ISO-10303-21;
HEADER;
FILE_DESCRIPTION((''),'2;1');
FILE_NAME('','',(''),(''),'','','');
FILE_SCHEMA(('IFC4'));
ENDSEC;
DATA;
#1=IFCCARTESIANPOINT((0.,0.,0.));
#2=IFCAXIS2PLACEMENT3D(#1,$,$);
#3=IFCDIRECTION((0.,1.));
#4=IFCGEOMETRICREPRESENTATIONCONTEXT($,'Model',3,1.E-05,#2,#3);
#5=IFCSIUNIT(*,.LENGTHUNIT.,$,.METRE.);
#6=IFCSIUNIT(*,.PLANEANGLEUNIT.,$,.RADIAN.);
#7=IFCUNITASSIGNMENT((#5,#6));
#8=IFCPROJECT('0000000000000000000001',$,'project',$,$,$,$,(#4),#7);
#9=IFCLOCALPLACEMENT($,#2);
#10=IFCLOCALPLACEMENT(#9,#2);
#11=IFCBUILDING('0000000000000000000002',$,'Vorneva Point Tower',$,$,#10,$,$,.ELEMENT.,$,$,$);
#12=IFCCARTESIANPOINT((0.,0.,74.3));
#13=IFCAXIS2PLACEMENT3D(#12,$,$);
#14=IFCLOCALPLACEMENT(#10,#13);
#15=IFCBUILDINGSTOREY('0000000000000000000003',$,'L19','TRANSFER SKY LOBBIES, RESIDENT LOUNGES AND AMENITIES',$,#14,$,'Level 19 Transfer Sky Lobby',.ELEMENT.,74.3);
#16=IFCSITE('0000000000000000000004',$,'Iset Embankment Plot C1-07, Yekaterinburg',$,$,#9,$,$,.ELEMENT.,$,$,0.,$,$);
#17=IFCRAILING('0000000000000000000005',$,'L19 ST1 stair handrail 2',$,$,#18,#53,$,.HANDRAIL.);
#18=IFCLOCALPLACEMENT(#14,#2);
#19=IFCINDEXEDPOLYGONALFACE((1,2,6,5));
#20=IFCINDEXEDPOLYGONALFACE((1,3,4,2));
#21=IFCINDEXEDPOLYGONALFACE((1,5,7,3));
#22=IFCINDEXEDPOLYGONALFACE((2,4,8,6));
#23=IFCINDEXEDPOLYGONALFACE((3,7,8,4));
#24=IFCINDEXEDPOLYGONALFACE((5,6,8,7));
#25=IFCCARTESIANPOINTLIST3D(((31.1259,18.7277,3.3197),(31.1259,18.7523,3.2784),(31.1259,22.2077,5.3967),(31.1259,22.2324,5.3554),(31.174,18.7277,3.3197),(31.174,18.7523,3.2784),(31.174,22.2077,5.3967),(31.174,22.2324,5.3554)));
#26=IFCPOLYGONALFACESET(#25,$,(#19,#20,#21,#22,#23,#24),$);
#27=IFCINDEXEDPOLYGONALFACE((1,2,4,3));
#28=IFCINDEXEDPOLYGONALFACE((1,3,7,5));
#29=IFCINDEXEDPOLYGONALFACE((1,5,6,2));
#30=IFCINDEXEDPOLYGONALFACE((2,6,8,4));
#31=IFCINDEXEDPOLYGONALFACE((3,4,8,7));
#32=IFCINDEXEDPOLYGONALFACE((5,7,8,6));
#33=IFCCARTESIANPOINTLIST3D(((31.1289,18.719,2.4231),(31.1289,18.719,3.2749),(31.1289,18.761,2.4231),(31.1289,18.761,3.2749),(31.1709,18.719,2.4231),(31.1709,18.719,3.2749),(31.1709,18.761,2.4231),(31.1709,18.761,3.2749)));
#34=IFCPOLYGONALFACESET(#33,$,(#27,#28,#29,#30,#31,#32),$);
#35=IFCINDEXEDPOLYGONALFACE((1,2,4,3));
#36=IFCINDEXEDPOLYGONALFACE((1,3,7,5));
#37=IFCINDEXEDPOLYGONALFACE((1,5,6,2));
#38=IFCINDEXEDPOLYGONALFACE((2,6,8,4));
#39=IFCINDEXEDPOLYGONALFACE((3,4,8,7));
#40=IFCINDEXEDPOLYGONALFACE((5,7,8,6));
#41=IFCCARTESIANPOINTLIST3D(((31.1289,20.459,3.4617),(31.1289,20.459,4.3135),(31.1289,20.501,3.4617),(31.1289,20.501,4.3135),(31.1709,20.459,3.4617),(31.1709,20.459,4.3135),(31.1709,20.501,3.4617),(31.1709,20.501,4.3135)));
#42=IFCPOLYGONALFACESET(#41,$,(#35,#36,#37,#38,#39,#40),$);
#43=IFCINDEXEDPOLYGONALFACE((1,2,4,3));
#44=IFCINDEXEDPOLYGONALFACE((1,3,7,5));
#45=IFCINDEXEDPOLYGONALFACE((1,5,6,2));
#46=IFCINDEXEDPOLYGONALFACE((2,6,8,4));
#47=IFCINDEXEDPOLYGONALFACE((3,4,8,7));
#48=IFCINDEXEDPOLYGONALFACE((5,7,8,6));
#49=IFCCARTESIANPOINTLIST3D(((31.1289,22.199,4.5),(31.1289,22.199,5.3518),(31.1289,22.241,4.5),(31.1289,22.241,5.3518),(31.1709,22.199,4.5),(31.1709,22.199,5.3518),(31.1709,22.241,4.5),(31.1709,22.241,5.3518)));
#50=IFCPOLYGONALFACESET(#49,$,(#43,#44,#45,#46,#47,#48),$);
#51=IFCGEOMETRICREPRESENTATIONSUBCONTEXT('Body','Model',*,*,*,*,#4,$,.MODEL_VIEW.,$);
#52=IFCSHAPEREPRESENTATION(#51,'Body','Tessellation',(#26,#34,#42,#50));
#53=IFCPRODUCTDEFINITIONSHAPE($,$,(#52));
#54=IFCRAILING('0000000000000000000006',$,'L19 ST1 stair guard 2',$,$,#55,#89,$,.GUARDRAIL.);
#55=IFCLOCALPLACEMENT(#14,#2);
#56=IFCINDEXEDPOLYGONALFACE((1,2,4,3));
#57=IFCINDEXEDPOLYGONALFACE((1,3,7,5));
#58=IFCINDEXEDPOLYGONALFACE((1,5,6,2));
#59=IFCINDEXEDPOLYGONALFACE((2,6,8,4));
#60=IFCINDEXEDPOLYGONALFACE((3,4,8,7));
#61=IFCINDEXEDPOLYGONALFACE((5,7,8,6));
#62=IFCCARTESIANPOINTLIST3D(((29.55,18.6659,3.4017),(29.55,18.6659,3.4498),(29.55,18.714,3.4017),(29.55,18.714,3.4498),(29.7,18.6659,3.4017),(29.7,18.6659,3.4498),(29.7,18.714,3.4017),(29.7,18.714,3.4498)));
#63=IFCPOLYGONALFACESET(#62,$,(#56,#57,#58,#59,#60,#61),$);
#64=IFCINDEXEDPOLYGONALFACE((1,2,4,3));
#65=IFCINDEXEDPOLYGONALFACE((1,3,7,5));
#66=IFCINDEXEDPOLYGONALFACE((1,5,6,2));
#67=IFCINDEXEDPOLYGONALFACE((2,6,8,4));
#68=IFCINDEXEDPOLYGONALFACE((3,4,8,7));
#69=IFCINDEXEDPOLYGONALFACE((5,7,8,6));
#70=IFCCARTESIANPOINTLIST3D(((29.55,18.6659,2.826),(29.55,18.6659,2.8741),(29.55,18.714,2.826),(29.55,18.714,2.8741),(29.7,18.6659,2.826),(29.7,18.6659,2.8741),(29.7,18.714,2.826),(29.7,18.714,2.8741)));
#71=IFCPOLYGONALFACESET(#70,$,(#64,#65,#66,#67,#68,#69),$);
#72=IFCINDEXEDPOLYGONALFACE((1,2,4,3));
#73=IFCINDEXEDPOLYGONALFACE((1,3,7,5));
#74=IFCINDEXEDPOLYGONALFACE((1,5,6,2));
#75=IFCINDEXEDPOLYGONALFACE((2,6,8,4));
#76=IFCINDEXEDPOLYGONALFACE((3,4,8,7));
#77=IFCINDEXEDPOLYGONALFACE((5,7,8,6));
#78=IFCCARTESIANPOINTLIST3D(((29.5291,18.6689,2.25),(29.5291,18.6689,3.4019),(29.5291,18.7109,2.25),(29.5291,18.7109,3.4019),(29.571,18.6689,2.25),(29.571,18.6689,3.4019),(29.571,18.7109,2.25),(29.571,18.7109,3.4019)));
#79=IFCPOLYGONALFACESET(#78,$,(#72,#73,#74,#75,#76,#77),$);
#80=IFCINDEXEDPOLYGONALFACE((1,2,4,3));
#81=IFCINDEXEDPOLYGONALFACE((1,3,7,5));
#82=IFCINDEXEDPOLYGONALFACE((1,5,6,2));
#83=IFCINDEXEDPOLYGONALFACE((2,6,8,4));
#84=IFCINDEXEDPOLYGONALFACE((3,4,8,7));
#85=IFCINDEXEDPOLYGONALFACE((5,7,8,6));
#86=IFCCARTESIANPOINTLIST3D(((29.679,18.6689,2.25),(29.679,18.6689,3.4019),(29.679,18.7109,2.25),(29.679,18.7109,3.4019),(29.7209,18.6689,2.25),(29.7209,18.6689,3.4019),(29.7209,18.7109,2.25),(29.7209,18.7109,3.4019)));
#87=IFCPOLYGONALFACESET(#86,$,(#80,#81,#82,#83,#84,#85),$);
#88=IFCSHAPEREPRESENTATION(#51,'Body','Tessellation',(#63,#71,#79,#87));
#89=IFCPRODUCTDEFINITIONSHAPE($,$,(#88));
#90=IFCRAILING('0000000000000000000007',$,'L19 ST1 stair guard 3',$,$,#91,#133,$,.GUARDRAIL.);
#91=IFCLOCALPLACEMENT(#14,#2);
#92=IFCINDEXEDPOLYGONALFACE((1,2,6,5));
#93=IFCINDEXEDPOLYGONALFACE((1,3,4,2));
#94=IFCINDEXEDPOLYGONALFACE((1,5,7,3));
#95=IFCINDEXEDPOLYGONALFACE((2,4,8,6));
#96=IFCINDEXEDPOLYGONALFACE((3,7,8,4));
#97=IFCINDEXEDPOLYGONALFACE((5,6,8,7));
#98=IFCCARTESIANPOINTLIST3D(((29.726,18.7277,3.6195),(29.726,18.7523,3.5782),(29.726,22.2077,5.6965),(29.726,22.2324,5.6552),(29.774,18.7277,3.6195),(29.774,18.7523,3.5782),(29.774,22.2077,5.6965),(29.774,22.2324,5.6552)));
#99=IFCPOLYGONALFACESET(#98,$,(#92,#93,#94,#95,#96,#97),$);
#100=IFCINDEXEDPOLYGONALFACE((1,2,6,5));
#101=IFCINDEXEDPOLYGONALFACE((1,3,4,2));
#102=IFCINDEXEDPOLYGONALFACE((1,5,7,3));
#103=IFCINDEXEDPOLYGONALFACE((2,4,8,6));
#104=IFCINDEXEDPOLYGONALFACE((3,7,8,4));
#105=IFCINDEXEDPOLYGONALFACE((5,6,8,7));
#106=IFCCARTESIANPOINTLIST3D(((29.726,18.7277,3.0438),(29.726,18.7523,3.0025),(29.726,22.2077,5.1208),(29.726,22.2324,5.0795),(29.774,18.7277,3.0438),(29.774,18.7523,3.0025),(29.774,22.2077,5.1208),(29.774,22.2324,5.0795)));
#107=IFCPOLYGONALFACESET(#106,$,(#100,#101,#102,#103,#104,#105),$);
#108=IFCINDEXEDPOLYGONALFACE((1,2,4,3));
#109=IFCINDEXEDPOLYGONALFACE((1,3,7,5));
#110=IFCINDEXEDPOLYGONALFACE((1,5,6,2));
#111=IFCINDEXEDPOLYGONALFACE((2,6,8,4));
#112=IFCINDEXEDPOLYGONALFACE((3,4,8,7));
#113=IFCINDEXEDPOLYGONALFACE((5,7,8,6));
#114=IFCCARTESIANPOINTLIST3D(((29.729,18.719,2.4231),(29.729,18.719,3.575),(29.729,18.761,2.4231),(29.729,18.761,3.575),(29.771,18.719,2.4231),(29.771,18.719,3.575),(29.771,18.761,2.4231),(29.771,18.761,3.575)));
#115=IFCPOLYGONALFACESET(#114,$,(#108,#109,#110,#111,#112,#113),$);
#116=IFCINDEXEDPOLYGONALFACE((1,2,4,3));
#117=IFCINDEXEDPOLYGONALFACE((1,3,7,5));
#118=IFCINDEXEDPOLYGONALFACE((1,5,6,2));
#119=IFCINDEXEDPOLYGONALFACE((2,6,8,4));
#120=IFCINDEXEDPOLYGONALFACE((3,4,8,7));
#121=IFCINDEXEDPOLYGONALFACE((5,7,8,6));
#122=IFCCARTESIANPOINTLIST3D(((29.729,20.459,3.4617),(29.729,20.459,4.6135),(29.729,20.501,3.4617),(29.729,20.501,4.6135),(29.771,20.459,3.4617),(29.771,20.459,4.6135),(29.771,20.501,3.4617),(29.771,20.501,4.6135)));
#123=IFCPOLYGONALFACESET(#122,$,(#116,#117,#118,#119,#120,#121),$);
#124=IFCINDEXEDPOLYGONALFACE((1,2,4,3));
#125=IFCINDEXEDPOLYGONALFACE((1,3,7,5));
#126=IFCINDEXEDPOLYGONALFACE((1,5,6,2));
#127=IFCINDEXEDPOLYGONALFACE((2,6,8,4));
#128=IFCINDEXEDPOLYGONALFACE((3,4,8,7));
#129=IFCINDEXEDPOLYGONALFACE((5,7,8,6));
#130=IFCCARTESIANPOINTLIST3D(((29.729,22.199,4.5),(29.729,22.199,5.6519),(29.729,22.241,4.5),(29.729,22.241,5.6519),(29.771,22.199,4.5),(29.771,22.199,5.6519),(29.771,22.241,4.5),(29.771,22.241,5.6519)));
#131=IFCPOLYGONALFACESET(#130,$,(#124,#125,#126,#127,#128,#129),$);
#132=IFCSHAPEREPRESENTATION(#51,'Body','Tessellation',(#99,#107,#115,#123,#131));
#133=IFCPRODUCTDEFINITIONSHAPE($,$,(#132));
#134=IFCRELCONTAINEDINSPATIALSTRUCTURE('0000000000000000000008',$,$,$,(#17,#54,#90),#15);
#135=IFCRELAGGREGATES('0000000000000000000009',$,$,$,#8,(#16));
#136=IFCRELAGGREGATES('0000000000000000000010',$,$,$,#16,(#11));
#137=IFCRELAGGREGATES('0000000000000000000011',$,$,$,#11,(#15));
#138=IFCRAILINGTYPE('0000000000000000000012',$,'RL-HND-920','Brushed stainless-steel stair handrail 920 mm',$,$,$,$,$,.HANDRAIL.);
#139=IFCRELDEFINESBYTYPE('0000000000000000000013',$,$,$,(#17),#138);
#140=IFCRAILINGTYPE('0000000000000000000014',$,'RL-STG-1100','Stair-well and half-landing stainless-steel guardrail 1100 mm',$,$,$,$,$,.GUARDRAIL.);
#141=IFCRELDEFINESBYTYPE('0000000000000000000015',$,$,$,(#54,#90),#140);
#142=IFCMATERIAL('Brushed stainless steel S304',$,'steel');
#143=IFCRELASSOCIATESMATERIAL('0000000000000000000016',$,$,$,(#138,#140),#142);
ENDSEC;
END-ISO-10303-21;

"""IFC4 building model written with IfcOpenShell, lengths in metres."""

from ifc_helpers import new_model, si_unit, direction, frame, origin, origin_2d, place, context, subcontext, project, spatial, rectangle, extrude, material, type_object, element, save


model = new_model("IFC4")

# Units and contexts
model_context = context("Model", 3, precision=1e-05, world=origin(), true_north=direction((0.0, 1.0)))
body_context = subcontext(model_context, "Body", "Model", "MODEL_VIEW")
ifc_project = project(units=[si_unit("LENGTHUNIT", "METRE"), si_unit("PLANEANGLEUNIT", "RADIAN")], contexts=[model_context])

# Site, building, storey
site_placement = place(None, origin())
site = spatial("IfcSite", under=ifc_project, at=site_placement, Name="Iset Embankment Plot C1-07, Yekaterinburg", CompositionType="ELEMENT", RefElevation=0.0)
building_placement = place(site_placement, origin())
building = spatial("IfcBuilding", under=site, at=building_placement, Name="Vorneva Point Tower", CompositionType="ELEMENT")
storey_placement = place(building_placement, frame((0.0, 0.0, 74.3)))
storey = spatial("IfcBuildingStorey", under=building, at=storey_placement, Name="L19", Description="TRANSFER SKY LOBBIES, RESIDENT LOUNGES AND AMENITIES", LongName="Level 19 Transfer Sky Lobby", CompositionType="ELEMENT", Elevation=74.3)

# Railings
ifc_material_1 = material(Name="Brushed stainless steel S304", Category="steel")
railing_type_1 = type_object("IfcRailingType", Name="RL-HND-920", Description="Brushed stainless-steel stair handrail 920 mm", PredefinedType="HANDRAIL", material=ifc_material_1)
railing_1_placement = place(storey_placement, frame((31.1499, 18.74, 2.4231)))
element("IfcRailing", 1, at=railing_1_placement, inside=storey, type_object=railing_type_1, Name="L19 ST1 stair handrail 2", PredefinedType="HANDRAIL", context=body_context, shape_type="SweptSolid", body=[
    extrude(rectangle(XDim=0.0481, YDim=0.0481, at=origin_2d()), frame((0.0, 0.0, 0.876), z_axis=(0.0, 0.858697, 0.512483), x_axis=(-1.0, 0.0, 0.0)), (0.0, 0.0, 1.0), 4.0527),
    extrude(rectangle(XDim=0.042, YDim=0.042, at=origin_2d()), origin(), (0.0, 0.0, 1.0), 0.8518),
    extrude(rectangle(XDim=0.042, YDim=0.042, at=origin_2d()), frame((0.0, 1.74, 1.0386)), (0.0, 0.0, 1.0), 0.8518),
    extrude(rectangle(XDim=0.042, YDim=0.042, at=origin_2d()), frame((0.0, 3.48, 2.0769)), (0.0, 0.0, 1.0), 0.8518),
])
railing_type_2 = type_object("IfcRailingType", Name="RL-STG-1100", Description="Stair-well and half-landing stainless-steel guardrail 1100 mm", PredefinedType="GUARDRAIL", material=ifc_material_1)
railing_2_placement = place(storey_placement, frame((29.55, 18.6899, 2.25)))
element("IfcRailing", 2, at=railing_2_placement, inside=storey, type_object=railing_type_2, Name="L19 ST1 stair guard 2", PredefinedType="GUARDRAIL", context=body_context, shape_type="SweptSolid", body=[
    extrude(rectangle(XDim=0.0481, YDim=0.0481, at=origin_2d()), frame((0.0, 0.0, 1.1758), z_axis=(1.0, 0.0, 0.0), x_axis=(0.0, 1.0, 0.0)), (0.0, 0.0, 1.0), 0.1499),
    extrude(rectangle(XDim=0.0481, YDim=0.0481, at=origin_2d()), frame((0.0, 0.0, 0.6001), z_axis=(1.0, 0.0, 0.0), x_axis=(0.0, 1.0, 0.0)), (0.0, 0.0, 1.0), 0.1499),
    extrude(rectangle(XDim=0.042, YDim=0.042, at=origin_2d()), origin(), (0.0, 0.0, 1.0), 1.1519),
    extrude(rectangle(XDim=0.042, YDim=0.042, at=origin_2d()), frame((0.1499, 0.0, 0.0)), (0.0, 0.0, 1.0), 1.1519),
])
railing_3_placement = place(storey_placement, frame((29.75, 18.74, 2.4231)))
element("IfcRailing", 3, at=railing_3_placement, inside=storey, type_object=railing_type_2, Name="L19 ST1 stair guard 3", PredefinedType="GUARDRAIL", context=body_context, shape_type="SweptSolid", body=[
    extrude(rectangle(XDim=0.0481, YDim=0.0481, at=origin_2d()), frame((0.0, 0.0, 1.1758), z_axis=(0.0, 0.858697, 0.512483), x_axis=(-1.0, 0.0, 0.0)), (0.0, 0.0, 1.0), 4.0527),
    extrude(rectangle(XDim=0.0481, YDim=0.0481, at=origin_2d()), frame((0.0, 0.0, 0.6001), z_axis=(0.0, 0.858697, 0.512483), x_axis=(-1.0, 0.0, 0.0)), (0.0, 0.0, 1.0), 4.0527),
    extrude(rectangle(XDim=0.042, YDim=0.042, at=origin_2d()), origin(), (0.0, 0.0, 1.0), 1.1519),
    extrude(rectangle(XDim=0.042, YDim=0.042, at=origin_2d()), frame((0.0, 1.74, 1.0386)), (0.0, 0.0, 1.0), 1.1519),
    extrude(rectangle(XDim=0.042, YDim=0.042, at=origin_2d()), frame((0.0, 3.48, 2.0769)), (0.0, 0.0, 1.0), 1.1519),
])

save(model, "model.ifc")
